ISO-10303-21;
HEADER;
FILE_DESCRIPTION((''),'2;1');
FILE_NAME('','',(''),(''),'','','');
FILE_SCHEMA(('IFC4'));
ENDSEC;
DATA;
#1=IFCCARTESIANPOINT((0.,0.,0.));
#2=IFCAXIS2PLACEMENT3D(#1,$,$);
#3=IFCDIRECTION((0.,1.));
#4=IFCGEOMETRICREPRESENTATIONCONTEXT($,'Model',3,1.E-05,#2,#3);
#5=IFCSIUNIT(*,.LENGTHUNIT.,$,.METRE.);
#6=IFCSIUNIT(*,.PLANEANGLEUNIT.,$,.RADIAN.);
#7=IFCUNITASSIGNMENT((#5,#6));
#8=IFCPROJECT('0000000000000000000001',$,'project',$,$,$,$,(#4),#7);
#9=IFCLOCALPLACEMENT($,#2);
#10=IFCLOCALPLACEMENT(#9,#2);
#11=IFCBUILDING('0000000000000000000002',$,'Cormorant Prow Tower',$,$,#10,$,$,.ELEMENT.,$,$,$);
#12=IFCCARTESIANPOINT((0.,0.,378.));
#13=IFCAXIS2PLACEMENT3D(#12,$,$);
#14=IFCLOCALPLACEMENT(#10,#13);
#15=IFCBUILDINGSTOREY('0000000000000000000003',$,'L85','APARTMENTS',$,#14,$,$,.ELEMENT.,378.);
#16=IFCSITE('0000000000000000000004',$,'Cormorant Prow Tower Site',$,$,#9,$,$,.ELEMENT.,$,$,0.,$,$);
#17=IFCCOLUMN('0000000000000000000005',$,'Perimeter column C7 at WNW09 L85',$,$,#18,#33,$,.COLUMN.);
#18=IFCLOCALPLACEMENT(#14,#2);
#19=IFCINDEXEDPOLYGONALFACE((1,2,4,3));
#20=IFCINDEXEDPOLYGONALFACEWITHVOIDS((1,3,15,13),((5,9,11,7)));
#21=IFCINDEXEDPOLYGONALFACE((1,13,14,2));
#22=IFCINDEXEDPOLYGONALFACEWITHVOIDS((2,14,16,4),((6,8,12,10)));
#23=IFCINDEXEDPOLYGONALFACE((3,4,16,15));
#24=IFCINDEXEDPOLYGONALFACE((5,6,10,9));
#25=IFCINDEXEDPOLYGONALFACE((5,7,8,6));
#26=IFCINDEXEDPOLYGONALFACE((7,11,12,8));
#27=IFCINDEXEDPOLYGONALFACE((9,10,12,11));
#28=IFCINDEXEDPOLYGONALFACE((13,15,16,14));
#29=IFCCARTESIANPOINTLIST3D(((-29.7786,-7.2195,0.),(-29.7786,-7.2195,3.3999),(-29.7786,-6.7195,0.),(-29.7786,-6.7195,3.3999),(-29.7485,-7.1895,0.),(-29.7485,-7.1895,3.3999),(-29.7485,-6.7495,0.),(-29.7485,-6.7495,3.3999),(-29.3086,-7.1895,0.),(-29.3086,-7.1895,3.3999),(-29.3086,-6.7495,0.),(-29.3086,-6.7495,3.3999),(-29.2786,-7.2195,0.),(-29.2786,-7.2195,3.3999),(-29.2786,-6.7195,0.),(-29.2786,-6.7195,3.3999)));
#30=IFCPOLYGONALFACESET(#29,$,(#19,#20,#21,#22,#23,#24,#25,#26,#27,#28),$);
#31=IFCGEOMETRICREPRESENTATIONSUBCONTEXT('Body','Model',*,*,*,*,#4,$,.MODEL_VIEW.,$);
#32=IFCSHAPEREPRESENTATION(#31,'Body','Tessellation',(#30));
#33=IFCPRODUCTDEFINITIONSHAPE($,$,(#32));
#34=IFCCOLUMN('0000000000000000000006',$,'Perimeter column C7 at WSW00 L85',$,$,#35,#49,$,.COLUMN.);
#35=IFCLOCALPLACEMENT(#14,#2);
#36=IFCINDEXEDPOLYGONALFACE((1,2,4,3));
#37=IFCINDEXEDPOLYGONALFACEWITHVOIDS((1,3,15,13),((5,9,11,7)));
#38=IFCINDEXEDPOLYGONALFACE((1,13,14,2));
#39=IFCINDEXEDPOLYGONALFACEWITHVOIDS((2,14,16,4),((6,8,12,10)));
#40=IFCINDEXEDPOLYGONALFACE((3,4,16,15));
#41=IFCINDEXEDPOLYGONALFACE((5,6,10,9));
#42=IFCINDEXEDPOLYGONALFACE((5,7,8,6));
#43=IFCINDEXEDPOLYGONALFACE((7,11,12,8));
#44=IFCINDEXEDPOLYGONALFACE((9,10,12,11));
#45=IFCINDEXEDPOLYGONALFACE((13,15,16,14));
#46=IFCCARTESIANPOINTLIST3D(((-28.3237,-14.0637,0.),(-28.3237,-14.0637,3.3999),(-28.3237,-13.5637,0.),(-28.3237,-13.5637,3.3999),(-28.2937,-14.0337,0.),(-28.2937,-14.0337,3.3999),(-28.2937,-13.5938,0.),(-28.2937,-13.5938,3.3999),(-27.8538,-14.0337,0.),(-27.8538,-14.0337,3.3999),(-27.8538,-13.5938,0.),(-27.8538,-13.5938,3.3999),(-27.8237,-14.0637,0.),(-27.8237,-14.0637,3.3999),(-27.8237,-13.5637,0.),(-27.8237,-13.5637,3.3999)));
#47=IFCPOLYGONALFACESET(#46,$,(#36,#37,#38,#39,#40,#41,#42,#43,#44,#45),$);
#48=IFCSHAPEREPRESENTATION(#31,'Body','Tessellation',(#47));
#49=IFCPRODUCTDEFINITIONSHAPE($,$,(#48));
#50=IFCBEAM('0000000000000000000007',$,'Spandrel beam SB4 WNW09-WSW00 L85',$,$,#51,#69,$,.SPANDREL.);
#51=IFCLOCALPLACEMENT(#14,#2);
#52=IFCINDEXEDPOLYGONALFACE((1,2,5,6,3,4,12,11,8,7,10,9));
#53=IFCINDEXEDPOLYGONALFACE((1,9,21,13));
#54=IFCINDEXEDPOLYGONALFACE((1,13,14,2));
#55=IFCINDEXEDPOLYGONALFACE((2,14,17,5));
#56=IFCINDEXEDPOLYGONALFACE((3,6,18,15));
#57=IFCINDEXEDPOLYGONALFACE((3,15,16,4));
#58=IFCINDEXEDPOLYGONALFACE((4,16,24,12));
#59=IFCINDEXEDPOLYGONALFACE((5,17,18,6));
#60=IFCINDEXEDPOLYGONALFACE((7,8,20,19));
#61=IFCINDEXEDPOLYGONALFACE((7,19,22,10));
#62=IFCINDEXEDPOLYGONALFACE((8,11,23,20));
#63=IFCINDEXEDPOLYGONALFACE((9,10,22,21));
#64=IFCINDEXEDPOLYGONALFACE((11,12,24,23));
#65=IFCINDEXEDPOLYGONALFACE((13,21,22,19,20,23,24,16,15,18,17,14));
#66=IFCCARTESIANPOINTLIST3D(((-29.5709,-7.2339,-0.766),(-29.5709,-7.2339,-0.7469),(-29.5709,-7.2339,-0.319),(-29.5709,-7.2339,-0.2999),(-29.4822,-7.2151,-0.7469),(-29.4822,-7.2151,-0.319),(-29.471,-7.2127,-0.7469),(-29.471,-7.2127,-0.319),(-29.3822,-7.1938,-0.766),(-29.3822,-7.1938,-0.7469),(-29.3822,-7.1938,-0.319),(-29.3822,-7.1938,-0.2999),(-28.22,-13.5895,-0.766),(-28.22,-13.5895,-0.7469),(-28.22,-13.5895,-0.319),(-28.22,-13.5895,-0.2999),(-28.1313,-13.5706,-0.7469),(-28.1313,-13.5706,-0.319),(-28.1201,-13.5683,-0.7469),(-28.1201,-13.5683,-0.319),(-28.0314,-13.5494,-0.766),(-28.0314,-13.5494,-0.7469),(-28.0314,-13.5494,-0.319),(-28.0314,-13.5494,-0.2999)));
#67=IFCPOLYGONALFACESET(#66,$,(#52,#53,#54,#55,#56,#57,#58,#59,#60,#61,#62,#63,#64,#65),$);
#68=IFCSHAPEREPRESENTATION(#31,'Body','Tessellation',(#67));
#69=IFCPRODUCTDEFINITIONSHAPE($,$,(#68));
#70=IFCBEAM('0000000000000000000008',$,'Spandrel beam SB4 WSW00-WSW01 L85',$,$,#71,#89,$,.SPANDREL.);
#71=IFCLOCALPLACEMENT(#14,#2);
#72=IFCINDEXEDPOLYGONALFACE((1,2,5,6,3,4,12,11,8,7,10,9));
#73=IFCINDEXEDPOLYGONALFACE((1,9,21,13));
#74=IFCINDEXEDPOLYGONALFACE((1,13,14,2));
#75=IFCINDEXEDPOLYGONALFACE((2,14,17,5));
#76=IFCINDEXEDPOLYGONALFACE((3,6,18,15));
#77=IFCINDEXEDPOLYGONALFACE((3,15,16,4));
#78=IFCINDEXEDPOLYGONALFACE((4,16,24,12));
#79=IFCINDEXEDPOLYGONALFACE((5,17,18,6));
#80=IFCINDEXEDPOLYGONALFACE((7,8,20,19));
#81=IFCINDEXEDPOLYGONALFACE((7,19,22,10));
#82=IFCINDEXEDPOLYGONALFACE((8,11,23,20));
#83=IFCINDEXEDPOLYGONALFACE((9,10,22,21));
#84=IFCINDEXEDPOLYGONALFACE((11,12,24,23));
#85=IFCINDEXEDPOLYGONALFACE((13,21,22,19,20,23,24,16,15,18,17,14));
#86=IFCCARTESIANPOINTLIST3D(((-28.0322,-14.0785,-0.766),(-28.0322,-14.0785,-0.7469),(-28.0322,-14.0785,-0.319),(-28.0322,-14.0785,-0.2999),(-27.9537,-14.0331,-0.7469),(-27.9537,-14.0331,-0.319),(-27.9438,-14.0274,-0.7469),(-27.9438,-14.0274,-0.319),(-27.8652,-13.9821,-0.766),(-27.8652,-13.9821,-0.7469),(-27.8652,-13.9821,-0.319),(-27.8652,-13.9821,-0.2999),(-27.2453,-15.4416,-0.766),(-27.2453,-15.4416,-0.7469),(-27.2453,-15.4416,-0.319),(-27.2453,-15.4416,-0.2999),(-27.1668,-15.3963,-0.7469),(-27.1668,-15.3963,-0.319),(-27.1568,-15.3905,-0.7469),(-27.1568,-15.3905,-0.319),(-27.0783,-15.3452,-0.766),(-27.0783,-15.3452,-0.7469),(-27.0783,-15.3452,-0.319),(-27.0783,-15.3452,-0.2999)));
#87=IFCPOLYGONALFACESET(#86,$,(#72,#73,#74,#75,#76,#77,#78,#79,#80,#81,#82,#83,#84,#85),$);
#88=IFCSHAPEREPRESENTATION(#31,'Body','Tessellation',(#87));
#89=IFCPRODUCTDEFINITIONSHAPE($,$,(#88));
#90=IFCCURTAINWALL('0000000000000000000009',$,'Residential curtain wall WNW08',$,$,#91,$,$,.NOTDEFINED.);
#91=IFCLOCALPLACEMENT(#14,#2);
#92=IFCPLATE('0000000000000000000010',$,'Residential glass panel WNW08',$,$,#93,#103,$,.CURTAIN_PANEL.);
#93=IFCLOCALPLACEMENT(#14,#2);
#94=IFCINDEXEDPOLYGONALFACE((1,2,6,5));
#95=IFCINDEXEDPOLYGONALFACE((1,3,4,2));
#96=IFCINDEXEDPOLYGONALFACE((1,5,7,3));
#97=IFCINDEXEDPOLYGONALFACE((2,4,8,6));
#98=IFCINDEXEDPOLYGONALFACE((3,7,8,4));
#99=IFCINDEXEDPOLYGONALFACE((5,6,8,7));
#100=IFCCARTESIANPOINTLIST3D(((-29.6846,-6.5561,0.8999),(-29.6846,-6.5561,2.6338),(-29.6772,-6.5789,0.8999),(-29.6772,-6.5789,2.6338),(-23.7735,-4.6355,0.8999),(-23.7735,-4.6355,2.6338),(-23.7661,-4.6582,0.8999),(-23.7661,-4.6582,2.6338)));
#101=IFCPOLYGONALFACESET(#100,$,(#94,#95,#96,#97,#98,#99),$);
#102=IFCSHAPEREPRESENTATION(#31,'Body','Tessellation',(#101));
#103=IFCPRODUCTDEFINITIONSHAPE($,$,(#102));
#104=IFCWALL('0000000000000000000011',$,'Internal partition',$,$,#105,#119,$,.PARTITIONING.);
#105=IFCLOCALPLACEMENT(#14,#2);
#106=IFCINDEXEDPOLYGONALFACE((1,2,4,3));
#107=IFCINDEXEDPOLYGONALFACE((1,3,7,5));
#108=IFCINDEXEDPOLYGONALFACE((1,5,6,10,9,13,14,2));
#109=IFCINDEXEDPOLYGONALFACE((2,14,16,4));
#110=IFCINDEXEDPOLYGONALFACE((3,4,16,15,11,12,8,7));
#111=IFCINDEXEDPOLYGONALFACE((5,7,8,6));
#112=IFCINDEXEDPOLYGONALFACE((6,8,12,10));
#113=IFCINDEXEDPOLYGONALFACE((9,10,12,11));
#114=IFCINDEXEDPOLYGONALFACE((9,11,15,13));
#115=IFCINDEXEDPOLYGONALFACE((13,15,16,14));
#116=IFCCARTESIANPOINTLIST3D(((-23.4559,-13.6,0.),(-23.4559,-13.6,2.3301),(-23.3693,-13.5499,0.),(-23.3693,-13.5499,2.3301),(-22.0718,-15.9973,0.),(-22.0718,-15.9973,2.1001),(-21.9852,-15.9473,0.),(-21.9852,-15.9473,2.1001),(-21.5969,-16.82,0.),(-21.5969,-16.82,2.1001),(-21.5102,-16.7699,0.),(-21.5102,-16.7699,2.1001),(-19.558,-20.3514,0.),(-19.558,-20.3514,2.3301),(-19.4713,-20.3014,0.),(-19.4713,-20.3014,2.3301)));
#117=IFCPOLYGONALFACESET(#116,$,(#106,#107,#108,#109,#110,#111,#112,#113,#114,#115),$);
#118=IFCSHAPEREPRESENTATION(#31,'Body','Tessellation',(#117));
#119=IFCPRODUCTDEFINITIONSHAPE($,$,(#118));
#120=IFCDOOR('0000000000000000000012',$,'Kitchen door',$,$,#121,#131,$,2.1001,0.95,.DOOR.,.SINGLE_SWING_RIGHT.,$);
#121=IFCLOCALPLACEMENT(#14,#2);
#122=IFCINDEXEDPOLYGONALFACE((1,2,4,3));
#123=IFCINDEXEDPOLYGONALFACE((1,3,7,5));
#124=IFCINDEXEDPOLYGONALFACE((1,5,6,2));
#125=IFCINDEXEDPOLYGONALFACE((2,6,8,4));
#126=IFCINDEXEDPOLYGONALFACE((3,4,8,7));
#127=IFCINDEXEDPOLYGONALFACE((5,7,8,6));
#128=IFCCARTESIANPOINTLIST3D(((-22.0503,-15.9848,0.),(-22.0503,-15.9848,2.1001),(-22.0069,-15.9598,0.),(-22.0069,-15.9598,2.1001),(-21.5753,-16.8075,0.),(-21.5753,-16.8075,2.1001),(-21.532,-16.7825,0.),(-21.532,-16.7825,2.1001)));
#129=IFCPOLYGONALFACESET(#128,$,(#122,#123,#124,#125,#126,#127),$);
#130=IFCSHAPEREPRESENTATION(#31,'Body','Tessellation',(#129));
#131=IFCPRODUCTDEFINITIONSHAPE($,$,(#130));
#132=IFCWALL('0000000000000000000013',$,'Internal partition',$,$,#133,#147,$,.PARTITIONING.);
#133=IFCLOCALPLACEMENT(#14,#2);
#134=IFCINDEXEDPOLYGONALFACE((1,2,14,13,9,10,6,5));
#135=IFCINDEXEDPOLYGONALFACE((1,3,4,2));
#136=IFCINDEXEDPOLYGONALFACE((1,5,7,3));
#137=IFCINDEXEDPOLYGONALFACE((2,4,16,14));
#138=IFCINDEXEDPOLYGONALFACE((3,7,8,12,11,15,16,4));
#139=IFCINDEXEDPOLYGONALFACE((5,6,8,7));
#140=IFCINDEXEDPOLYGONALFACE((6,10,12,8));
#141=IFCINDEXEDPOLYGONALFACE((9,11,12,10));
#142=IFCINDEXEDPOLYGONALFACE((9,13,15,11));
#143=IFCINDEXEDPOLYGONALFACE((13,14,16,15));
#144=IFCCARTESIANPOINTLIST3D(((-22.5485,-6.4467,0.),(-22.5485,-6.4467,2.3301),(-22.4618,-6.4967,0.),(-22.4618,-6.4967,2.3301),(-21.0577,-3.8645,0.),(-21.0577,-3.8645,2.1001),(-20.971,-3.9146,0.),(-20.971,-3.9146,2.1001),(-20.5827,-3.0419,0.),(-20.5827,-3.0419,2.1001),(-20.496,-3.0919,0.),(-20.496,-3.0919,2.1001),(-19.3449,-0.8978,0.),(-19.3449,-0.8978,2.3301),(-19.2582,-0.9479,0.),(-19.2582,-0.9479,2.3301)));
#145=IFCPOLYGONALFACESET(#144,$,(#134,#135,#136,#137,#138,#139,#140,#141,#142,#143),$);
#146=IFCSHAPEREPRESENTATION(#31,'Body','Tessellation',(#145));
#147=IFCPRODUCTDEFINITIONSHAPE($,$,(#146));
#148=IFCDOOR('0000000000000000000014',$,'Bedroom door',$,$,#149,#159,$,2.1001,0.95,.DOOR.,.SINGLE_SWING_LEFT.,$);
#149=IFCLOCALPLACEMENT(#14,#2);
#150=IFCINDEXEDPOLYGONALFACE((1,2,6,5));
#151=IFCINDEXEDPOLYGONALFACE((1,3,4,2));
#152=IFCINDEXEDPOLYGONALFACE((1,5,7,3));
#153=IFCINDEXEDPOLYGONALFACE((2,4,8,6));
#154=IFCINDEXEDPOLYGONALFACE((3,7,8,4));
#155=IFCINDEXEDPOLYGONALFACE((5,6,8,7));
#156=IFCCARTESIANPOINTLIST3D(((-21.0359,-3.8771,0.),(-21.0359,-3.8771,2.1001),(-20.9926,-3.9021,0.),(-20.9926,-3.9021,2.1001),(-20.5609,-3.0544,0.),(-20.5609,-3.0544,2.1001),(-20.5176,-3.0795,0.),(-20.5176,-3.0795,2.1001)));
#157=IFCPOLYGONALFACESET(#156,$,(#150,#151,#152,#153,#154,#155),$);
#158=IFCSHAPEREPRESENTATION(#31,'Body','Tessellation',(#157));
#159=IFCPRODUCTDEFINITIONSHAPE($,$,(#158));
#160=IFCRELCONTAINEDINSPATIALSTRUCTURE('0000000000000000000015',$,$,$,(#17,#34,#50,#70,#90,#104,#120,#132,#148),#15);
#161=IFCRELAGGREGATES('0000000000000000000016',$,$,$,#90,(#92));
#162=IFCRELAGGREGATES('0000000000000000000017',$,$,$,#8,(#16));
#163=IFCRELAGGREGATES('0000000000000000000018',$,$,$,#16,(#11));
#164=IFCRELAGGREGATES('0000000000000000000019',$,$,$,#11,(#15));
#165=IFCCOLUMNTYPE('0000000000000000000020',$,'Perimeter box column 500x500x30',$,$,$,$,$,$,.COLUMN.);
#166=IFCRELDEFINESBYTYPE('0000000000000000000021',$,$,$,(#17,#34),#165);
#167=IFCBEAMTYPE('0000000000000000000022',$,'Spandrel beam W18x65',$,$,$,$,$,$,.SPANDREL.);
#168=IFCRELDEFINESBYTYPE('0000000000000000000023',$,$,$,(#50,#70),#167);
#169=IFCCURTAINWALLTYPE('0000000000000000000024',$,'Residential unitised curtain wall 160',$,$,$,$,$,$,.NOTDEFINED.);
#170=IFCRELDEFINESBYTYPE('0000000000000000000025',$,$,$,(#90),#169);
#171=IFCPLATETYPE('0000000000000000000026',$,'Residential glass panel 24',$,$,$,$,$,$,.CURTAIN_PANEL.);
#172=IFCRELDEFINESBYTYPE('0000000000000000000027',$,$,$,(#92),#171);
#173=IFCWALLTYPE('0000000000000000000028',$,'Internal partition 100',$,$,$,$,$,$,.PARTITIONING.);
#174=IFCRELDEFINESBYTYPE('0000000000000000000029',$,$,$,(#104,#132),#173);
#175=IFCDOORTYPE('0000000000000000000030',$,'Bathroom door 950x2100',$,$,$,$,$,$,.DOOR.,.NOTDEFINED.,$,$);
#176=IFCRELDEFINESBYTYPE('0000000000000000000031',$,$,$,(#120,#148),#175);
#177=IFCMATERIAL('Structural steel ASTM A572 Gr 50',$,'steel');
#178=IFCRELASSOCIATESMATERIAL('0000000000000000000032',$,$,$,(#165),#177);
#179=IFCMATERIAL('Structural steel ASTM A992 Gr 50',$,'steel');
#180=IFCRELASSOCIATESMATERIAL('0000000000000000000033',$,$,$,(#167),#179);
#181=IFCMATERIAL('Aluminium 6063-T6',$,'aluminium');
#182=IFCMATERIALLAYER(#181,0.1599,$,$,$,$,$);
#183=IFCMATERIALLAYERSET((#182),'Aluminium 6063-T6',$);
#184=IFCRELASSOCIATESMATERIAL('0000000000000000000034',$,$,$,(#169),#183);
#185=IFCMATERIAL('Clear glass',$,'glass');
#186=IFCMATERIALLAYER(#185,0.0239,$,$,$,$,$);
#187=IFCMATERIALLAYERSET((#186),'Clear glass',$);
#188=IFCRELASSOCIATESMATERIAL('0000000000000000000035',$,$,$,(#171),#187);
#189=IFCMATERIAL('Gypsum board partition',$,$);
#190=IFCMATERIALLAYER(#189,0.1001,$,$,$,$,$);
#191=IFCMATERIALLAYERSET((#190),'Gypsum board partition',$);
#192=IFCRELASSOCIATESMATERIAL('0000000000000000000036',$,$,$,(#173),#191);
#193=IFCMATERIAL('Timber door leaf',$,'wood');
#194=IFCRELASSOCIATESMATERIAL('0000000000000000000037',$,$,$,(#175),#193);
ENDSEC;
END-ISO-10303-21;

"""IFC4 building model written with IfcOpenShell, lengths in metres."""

from ifc_helpers import new_model, si_unit, direction, frame, frame_2d, origin, origin_2d, place, context, subcontext, project, spatial, rectangle, hollow_rectangle, i_section, extrude, material, layer, layer_set, material_profile, profile_set, type_object, element, fill, aggregate, save


model = new_model("IFC4")

# Units and contexts
model_context = context("Model", 3, precision=1e-05, world=origin(), true_north=direction((0.0, 1.0)))
body_context = subcontext(model_context, "Body", "Model", "MODEL_VIEW")
ifc_project = project(units=[si_unit("LENGTHUNIT", "METRE"), si_unit("PLANEANGLEUNIT", "RADIAN")], contexts=[model_context])

# Site, building, storey
site_placement = place(None, origin())
site = spatial("IfcSite", under=ifc_project, at=site_placement, Name="Cormorant Prow Tower Site", CompositionType="ELEMENT", RefElevation=0.0)
building_placement = place(site_placement, origin())
building = spatial("IfcBuilding", under=site, at=building_placement, Name="Cormorant Prow Tower", CompositionType="ELEMENT")
storey_placement = place(building_placement, frame((0.0, 0.0, 378.0)))
storey = spatial("IfcBuildingStorey", under=building, at=storey_placement, Name="L85", Description="APARTMENTS", CompositionType="ELEMENT", Elevation=378.0)

# Columns
ifc_material_1 = material(Name="Structural steel ASTM A572 Gr 50", Category="steel")
ifc_material_profile_1 = material_profile(ifc_material_1, hollow_rectangle(XDim=0.5, YDim=0.5, WallThickness=0.03, at=origin_2d()), Name="Box 500x500x30")
ifc_profile_set_1 = profile_set([ifc_material_profile_1], Name="Structural steel ASTM A572 Gr 50")
column_type = type_object("IfcColumnType", Name="Perimeter box column 500x500x30", PredefinedType="COLUMN", material=ifc_profile_set_1)
for number, where, z_axis, x_axis, name in (
    (1, (-29.5286, -6.9695, 0.0), (0.0, 0.0, 1.0), (1.0, 0.0, 0.0), "Perimeter column C7 at WNW09 L85"),
    (2, (-28.0737, -13.8137, 0.0), (0.0, 0.0, 1.0), (1.0, 0.0, 0.0), "Perimeter column C7 at WSW00 L85"),
):
    element("IfcColumn", number, at=place(storey_placement, frame(where, z_axis=z_axis, x_axis=x_axis)), inside=storey, type_object=column_type, Name=name, PredefinedType="COLUMN", context=body_context, shape_type="SweptSolid", body=[
        extrude(hollow_rectangle(XDim=0.5, YDim=0.5, WallThickness=0.03, at=origin_2d()), origin(), (0.0, 0.0, 1.0), 3.3999),
    ])

# Beams
ifc_material_2 = material(Name="Structural steel ASTM A992 Gr 50", Category="steel")
ifc_material_profile_2 = material_profile(ifc_material_2, i_section(OverallWidth=0.1929, OverallDepth=0.4661, WebThickness=0.0115, FlangeThickness=0.019, at=origin_2d()), Name="W18x65")
ifc_profile_set_2 = profile_set([ifc_material_profile_2], Name="Structural steel ASTM A992 Gr 50")
beam_type = type_object("IfcBeamType", Name="Spandrel beam W18x65", PredefinedType="SPANDREL", material=ifc_profile_set_2)
beam_1_placement = place(storey_placement, frame((-29.4766, -7.2139, -0.533), z_axis=(0.207902, -0.97815, 0.0), x_axis=(0.97815, 0.207902, 0.0)))
element("IfcBeam", 3, at=beam_1_placement, inside=storey, type_object=beam_type, Name="Spandrel beam SB4 WNW09-WSW00 L85", PredefinedType="SPANDREL", context=body_context, shape_type="SweptSolid", body=[
    extrude(i_section(OverallWidth=0.1929, OverallDepth=0.4661, WebThickness=0.0115, FlangeThickness=0.019, at=origin_2d()), origin(), (0.0, 0.0, 1.0), 6.4976),
])
beam_2_placement = place(storey_placement, frame((-27.9487, -14.0303, -0.533), z_axis=(0.49996, -0.866049, 0.0), x_axis=(0.866049, 0.49996, 0.0)))
element("IfcBeam", 4, at=beam_2_placement, inside=storey, type_object=beam_type, Name="Spandrel beam SB4 WSW00-WSW01 L85", PredefinedType="SPANDREL", context=body_context, shape_type="SweptSolid", body=[
    extrude(i_section(OverallWidth=0.1929, OverallDepth=0.4661, WebThickness=0.0115, FlangeThickness=0.019, at=origin_2d()), origin(), (0.0, 0.0, 1.0), 1.574),
])

# Curtain wall, plate
ifc_material_3 = material(Name="Aluminium 6063-T6", Category="aluminium")
ifc_layer_1 = layer(ifc_material_3, 0.1599)
ifc_layer_set_1 = layer_set([ifc_layer_1], Name="Aluminium 6063-T6")
curtain_wall_type = type_object("IfcCurtainWallType", Name="Residential unitised curtain wall 160", PredefinedType="NOTDEFINED", material=ifc_layer_set_1)
curtain_wall_placement = place(storey_placement, origin())
curtain_wall = element("IfcCurtainWall", 5, at=curtain_wall_placement, inside=storey, type_object=curtain_wall_type, Name="Residential curtain wall WNW08", PredefinedType="NOTDEFINED")
ifc_material_4 = material(Name="Clear glass", Category="glass")
ifc_layer_2 = layer(ifc_material_4, 0.0239)
ifc_layer_set_2 = layer_set([ifc_layer_2], Name="Clear glass")
plate_type = type_object("IfcPlateType", Name="Residential glass panel 24", PredefinedType="CURTAIN_PANEL", material=ifc_layer_set_2)
plate_placement = place(storey_placement, frame((-26.7253, -5.6072, 0.8999), z_axis=(0.0, 0.0, 1.0), x_axis=(-0.951056, -0.309017, 0.0)))
plate = element("IfcPlate", 6, at=plate_placement, type_object=plate_type, Name="Residential glass panel WNW08", PredefinedType="CURTAIN_PANEL", context=body_context, shape_type="SweptSolid", body=[
    extrude(rectangle(XDim=6.2153, YDim=0.0239, at=origin_2d()), origin(), (0.0, 0.0, 1.0), 1.7339),
])
aggregate(curtain_wall, [plate])

# Walls, openings, doors
ifc_material_5 = material(Name="Gypsum board partition")
ifc_layer_3 = layer(ifc_material_5, 0.1001)
ifc_layer_set_3 = layer_set([ifc_layer_3], Name="Gypsum board partition")
wall_type_1 = type_object("IfcWallType", Name="Internal partition 100", PredefinedType="PARTITIONING", material=ifc_layer_set_3)
wall_1_placement = place(storey_placement, frame((-23.4126, -13.575, 0.0), z_axis=(0.0, 0.0, 1.0), x_axis=(0.499999, -0.866026, 0.0)))
wall_1 = element("IfcWall", 7, at=wall_1_placement, inside=storey, type_object=wall_type_1, Name="Internal partition", PredefinedType="PARTITIONING", context=body_context, shape_type="SweptSolid", body=[
    extrude(rectangle(XDim=7.7959, YDim=0.1001, at=frame_2d((3.8979, 0.0))), origin(), (0.0, 0.0, 1.0), 2.3301),
])
opening_1_placement = place(wall_1_placement, frame((2.7681, 0.0, 0.0)))
opening_1 = element("IfcOpeningElement", 8, at=opening_1_placement, cuts=wall_1, PredefinedType="OPENING", context=body_context, shape_type="SweptSolid", body=[
    extrude(rectangle(XDim=0.95, YDim=2.1001, at=frame_2d((0.4751, 1.05))), frame((0.0, 0.0601, 0.0), z_axis=(0.0, -1.0, 0.0), x_axis=(1.0, 0.0, 0.0)), (0.0, 0.0, 1.0), 0.1201),
])
ifc_material_6 = material(Name="Timber door leaf", Category="wood")
door_type_1 = type_object("IfcDoorType", Name="Bathroom door 950x2100", OperationType="NOTDEFINED", PredefinedType="DOOR", material=ifc_material_6)
door_1_placement = place(opening_1_placement, origin())
door_1 = element("IfcDoor", 9, at=door_1_placement, inside=storey, type_object=door_type_1, Name="Kitchen door", OperationType="SINGLE_SWING_RIGHT", OverallHeight=2.1001, OverallWidth=0.95, PredefinedType="DOOR", context=body_context, shape_type="SweptSolid", body=[
    extrude(rectangle(XDim=0.95, YDim=2.1001, at=frame_2d((0.4751, 1.05))), frame((0.0, 0.0249, 0.0), z_axis=(0.0, -1.0, 0.0), x_axis=(1.0, 0.0, 0.0)), (0.0, 0.0, 1.0), 0.05),
])
fill(opening_1, door_1)
wall_2_placement = place(storey_placement, frame((-22.5051, -6.4717, 0.0), z_axis=(0.0, 0.0, 1.0), x_axis=(0.5, 0.866026, 0.0)))
wall_2 = element("IfcWall", 10, at=wall_2_placement, inside=storey, type_object=wall_type_1, Name="Internal partition", PredefinedType="PARTITIONING", context=body_context, shape_type="SweptSolid", body=[
    extrude(rectangle(XDim=6.4072, YDim=0.1001, at=frame_2d((3.2036, 0.0))), origin(), (0.0, 0.0, 1.0), 2.3301),
])
opening_2_placement = place(wall_2_placement, frame((2.9814, 0.0, 0.0)))
opening_2 = element("IfcOpeningElement", 11, at=opening_2_placement, cuts=wall_2, PredefinedType="OPENING", context=body_context, shape_type="SweptSolid", body=[
    extrude(rectangle(XDim=0.95, YDim=2.1001, at=frame_2d((0.4751, 1.05))), frame((0.0, 0.0601, 0.0), z_axis=(0.0, -1.0, 0.0), x_axis=(1.0, 0.0, 0.0)), (0.0, 0.0, 1.0), 0.1201),
])
door_2_placement = place(opening_2_placement, origin())
door_2 = element("IfcDoor", 12, at=door_2_placement, inside=storey, type_object=door_type_1, Name="Bedroom door", OperationType="SINGLE_SWING_LEFT", OverallHeight=2.1001, OverallWidth=0.95, PredefinedType="DOOR", context=body_context, shape_type="SweptSolid", body=[
    extrude(rectangle(XDim=0.95, YDim=2.1001, at=frame_2d((0.4751, 1.05))), frame((0.0, 0.0249, 0.0), z_axis=(0.0, -1.0, 0.0), x_axis=(1.0, 0.0, 0.0)), (0.0, 0.0, 1.0), 0.05),
])
fill(opening_2, door_2)

save(model, "model.ifc")
